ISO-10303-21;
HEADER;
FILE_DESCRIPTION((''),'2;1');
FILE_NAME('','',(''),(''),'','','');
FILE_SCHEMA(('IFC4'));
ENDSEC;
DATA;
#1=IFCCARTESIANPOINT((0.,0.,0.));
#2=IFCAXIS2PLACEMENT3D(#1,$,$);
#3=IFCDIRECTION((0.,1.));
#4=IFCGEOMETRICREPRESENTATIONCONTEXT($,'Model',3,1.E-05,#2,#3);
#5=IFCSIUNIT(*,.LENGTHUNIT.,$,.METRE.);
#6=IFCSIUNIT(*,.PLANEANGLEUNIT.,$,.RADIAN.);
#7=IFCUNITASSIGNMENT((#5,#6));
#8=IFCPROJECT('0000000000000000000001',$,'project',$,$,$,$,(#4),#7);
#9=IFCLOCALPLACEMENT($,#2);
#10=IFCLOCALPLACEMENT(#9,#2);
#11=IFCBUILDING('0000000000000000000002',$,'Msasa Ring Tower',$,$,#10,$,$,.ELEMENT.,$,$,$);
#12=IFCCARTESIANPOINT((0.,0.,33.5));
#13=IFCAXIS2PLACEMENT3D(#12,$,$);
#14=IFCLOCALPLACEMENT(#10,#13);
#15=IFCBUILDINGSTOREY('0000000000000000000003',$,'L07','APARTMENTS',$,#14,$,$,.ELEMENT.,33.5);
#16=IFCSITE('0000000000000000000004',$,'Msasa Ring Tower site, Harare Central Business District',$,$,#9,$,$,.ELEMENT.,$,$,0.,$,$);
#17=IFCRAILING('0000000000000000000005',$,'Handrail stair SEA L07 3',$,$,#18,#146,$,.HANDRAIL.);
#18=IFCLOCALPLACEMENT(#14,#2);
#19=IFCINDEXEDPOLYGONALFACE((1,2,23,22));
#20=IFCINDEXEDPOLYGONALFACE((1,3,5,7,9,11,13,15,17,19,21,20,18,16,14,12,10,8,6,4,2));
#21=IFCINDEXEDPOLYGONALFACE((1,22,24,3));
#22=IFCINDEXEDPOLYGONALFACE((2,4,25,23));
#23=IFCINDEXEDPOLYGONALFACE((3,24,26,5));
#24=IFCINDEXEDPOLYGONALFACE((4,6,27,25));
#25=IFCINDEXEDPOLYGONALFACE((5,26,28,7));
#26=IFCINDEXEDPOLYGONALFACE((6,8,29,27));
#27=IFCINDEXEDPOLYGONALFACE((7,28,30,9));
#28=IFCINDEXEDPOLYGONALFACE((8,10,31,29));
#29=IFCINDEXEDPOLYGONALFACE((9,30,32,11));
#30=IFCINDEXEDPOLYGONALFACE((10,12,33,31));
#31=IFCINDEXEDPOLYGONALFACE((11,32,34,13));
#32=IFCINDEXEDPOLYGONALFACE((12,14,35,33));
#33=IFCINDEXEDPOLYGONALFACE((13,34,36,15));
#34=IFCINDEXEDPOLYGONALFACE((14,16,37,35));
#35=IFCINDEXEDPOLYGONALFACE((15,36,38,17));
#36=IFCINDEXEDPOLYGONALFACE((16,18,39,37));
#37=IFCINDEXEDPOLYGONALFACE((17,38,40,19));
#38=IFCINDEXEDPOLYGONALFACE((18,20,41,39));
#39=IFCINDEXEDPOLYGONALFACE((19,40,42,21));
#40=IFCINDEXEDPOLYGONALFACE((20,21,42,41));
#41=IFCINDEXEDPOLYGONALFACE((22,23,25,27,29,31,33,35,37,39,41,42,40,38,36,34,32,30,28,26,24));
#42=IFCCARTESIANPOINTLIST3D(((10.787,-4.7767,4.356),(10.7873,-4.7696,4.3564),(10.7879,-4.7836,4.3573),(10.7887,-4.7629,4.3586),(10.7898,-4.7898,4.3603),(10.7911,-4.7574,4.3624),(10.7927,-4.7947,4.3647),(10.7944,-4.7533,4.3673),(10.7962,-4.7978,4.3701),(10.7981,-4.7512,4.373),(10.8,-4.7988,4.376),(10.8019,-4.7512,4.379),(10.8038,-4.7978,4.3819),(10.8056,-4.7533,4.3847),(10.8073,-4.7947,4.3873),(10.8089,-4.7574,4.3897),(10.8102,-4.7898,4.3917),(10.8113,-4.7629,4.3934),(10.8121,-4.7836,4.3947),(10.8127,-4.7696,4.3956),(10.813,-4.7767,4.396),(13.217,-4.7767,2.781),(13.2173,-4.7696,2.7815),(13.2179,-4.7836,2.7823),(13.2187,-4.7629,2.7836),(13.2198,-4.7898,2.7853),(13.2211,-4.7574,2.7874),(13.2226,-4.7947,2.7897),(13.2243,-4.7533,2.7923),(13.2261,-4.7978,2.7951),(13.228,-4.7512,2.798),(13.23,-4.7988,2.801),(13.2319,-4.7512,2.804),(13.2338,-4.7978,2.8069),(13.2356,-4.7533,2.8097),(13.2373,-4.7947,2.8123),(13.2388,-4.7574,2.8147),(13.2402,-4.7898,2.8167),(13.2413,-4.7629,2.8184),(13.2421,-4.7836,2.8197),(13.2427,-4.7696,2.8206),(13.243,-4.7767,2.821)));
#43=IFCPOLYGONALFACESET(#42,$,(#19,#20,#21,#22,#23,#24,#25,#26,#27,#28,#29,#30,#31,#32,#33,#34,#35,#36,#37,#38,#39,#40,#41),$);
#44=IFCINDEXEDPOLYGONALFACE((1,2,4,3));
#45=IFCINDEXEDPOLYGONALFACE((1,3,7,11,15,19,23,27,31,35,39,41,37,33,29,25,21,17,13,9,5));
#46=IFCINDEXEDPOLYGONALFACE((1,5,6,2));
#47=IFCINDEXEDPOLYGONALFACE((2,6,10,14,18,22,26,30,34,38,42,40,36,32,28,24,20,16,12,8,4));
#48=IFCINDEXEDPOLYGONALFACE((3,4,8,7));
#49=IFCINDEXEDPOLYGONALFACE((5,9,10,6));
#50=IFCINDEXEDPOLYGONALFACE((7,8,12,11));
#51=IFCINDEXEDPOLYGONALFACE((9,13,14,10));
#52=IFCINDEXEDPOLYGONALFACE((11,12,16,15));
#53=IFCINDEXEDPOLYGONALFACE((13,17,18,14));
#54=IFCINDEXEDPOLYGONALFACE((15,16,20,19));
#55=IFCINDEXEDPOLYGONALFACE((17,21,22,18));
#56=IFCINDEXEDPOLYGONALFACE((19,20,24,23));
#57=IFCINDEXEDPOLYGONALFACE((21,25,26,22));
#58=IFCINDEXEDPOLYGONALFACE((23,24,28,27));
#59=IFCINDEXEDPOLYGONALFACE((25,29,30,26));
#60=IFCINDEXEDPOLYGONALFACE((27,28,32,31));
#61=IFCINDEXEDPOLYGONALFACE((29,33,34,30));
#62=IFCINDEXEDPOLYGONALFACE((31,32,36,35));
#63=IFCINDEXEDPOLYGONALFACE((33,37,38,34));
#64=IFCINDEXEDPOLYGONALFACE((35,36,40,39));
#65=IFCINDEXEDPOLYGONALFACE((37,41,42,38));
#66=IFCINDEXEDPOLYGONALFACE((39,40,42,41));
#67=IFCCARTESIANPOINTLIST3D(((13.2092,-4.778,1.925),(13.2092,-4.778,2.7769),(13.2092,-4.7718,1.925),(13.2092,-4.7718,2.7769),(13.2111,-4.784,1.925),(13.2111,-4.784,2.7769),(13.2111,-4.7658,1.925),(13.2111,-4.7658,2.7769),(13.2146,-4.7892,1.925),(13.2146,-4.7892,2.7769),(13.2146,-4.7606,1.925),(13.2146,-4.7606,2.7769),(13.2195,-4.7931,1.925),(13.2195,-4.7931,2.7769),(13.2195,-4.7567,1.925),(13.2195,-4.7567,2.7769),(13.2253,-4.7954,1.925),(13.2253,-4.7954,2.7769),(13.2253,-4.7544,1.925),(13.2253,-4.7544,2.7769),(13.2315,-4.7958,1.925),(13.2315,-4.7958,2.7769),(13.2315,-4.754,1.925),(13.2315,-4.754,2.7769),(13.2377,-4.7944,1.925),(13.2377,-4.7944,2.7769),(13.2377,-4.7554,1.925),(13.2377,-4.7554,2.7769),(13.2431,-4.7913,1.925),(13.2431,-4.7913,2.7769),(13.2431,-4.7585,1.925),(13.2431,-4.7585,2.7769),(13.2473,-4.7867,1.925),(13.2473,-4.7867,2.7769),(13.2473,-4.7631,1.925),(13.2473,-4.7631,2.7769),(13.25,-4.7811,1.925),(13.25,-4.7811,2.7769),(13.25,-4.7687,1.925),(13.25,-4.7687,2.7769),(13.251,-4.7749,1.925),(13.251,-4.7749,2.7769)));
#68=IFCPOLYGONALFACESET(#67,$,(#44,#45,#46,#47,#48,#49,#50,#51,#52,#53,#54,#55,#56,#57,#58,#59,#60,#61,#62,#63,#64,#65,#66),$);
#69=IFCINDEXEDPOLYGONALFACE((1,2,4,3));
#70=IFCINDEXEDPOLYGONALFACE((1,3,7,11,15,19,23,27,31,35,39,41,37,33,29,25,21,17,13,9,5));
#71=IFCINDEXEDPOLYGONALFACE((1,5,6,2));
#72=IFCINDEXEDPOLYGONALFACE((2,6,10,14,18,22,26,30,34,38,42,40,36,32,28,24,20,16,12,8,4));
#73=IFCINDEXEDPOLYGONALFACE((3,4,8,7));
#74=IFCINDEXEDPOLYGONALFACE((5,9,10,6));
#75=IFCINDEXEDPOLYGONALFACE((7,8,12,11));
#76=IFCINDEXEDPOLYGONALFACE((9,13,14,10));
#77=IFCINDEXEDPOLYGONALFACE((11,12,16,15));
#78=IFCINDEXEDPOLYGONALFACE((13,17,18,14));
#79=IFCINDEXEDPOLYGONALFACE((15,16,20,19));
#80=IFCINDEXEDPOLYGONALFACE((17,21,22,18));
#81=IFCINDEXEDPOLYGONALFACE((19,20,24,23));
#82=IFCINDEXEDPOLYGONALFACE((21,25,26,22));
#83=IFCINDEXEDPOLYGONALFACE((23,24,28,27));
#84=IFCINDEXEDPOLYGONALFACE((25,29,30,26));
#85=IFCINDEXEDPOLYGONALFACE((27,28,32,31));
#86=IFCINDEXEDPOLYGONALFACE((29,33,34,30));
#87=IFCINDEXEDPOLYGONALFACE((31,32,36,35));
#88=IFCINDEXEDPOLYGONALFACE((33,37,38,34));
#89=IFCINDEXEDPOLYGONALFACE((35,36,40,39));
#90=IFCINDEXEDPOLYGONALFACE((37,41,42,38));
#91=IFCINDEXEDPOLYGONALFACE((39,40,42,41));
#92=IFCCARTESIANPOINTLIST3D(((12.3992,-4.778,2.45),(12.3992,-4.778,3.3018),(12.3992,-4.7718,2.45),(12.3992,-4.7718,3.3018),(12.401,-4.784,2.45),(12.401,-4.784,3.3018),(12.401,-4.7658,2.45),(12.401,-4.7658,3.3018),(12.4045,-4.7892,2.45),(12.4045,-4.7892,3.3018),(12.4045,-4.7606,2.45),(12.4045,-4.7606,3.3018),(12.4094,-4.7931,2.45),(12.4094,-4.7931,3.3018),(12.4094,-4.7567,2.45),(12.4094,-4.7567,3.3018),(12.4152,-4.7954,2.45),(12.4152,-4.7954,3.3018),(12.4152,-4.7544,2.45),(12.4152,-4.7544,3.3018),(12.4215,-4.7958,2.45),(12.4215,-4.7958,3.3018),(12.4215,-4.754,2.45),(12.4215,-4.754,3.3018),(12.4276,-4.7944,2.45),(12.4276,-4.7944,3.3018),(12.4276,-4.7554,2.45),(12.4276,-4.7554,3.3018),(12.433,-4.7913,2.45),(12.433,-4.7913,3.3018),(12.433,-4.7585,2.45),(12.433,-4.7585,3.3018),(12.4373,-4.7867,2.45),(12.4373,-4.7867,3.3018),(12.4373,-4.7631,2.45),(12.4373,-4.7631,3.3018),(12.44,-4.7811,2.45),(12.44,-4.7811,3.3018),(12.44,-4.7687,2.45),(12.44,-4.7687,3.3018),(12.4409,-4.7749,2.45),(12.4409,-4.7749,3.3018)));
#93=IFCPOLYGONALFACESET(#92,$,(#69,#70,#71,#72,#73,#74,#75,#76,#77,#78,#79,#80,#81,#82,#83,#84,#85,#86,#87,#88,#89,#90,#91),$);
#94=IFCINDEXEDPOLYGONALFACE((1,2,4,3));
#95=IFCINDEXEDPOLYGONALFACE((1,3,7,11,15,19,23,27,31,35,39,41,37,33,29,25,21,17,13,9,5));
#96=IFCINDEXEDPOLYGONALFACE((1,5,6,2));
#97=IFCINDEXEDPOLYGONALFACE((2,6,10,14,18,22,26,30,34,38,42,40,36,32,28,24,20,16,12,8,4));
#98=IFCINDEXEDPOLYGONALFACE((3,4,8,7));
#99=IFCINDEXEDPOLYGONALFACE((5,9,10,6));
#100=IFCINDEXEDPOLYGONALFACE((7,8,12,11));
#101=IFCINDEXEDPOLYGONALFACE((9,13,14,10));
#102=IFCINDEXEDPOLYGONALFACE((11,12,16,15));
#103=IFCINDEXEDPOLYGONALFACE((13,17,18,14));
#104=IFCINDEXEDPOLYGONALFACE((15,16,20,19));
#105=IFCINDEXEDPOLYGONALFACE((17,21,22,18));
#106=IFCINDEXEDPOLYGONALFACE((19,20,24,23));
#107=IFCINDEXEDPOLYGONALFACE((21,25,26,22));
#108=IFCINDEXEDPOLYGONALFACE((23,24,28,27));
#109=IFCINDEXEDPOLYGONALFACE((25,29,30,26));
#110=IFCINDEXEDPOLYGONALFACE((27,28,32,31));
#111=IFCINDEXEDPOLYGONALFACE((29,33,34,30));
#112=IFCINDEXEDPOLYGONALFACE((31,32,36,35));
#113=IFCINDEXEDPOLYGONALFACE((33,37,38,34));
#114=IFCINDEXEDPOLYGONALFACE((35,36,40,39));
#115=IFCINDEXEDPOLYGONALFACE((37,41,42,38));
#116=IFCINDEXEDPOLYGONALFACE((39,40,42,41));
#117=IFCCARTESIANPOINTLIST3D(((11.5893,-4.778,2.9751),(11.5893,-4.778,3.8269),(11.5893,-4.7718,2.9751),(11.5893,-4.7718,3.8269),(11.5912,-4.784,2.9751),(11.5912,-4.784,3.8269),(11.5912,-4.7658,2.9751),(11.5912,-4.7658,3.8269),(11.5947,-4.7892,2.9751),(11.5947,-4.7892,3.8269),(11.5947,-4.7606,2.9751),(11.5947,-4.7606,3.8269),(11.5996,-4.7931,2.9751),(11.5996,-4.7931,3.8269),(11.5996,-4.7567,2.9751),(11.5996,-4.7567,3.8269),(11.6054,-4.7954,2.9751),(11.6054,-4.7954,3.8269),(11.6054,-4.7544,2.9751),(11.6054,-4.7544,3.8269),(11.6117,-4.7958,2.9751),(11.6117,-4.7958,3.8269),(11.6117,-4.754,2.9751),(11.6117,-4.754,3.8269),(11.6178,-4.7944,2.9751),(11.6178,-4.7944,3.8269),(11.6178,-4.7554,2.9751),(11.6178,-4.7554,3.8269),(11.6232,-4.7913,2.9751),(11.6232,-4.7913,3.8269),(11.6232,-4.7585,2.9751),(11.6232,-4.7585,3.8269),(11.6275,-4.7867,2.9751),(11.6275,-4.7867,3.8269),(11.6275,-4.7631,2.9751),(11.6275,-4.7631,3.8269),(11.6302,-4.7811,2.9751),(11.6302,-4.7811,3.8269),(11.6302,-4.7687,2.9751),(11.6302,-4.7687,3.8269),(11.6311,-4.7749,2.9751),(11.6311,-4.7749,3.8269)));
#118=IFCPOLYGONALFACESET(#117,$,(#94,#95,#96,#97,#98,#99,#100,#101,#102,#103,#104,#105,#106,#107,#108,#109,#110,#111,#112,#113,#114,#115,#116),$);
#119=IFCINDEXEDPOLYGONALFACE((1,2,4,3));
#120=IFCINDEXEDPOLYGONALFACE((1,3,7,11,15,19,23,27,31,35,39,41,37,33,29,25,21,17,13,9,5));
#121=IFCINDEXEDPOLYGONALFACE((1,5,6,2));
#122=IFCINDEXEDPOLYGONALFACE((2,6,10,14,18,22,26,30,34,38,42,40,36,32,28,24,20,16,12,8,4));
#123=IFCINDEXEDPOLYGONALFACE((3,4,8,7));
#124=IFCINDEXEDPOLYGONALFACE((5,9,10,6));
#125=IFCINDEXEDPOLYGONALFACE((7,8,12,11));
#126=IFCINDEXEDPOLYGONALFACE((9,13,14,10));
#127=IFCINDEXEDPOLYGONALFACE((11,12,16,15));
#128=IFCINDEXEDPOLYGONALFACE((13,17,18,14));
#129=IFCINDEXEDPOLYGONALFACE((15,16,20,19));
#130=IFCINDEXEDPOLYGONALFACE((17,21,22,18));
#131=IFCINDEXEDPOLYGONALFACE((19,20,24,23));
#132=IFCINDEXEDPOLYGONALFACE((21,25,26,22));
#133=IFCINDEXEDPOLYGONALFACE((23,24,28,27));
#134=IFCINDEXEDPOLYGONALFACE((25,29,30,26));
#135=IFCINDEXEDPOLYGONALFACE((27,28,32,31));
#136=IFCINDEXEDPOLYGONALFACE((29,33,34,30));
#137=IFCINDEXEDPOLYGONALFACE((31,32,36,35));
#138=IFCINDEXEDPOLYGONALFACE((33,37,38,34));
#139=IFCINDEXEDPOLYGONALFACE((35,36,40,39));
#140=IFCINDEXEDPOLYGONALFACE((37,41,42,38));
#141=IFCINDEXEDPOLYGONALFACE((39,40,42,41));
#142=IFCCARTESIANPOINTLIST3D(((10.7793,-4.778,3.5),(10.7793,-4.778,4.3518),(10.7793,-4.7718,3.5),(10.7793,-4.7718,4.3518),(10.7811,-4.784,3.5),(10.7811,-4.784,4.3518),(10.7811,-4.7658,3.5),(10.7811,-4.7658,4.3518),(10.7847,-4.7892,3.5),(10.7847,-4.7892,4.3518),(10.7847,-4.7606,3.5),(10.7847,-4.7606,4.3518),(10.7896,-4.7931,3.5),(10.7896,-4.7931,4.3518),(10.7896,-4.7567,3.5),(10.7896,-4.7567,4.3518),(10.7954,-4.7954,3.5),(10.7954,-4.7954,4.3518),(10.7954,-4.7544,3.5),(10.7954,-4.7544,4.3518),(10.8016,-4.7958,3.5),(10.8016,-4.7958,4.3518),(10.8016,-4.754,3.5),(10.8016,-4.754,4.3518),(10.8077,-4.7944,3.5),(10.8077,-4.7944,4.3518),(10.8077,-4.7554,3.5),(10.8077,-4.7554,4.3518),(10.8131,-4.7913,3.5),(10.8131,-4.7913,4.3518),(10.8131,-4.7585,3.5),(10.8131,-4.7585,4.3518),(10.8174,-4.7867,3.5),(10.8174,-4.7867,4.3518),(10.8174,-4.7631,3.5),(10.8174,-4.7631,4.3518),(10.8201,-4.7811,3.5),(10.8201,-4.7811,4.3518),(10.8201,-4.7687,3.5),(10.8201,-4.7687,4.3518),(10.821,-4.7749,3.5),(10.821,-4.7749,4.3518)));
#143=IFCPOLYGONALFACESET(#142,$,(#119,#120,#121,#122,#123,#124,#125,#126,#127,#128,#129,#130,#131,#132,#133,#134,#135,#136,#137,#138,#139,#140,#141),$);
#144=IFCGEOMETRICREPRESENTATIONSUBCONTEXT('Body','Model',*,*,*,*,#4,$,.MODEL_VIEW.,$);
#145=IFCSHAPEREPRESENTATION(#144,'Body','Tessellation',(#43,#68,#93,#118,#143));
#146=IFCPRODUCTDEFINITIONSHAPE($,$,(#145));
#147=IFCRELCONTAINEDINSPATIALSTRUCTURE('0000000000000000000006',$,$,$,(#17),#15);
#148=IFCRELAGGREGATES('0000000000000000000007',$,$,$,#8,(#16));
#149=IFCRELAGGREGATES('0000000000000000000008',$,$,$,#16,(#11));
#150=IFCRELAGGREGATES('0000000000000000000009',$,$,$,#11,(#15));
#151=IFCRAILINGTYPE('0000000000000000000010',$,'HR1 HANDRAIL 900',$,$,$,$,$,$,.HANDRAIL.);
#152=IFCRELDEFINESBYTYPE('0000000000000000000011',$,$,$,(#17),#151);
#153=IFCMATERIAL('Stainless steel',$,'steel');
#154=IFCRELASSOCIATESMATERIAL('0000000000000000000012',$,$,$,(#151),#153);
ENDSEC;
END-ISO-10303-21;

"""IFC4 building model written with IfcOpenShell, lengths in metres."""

from ifc_helpers import new_model, si_unit, direction, frame, origin, origin_2d, place, context, subcontext, project, spatial, circle, extrude, material, type_object, element, save


model = new_model("IFC4")

# Units and contexts
model_context = context("Model", 3, precision=1e-05, world=origin(), true_north=direction((0.0, 1.0)))
body_context = subcontext(model_context, "Body", "Model", "MODEL_VIEW")
ifc_project = project(units=[si_unit("LENGTHUNIT", "METRE"), si_unit("PLANEANGLEUNIT", "RADIAN")], contexts=[model_context])

# Site, building, storey
site_placement = place(None, origin())
site = spatial("IfcSite", under=ifc_project, at=site_placement, Name="Msasa Ring Tower site, Harare Central Business District", CompositionType="ELEMENT", RefElevation=0.0)
building_placement = place(site_placement, origin())
building = spatial("IfcBuilding", under=site, at=building_placement, Name="Msasa Ring Tower", CompositionType="ELEMENT")
storey_placement = place(building_placement, frame((0.0, 0.0, 33.5)))
storey = spatial("IfcBuildingStorey", under=building, at=storey_placement, Name="L07", Description="APARTMENTS", CompositionType="ELEMENT", Elevation=33.5)

# Railing
ifc_material_1 = material(Name="Stainless steel", Category="steel")
railing_type = type_object("IfcRailingType", Name="HR1 HANDRAIL 900", PredefinedType="HANDRAIL", material=ifc_material_1)
for number, where, name in (
    (1, (13.23, -4.7749, 1.925), "Handrail stair SEA L07 3"),
):
    element("IfcRailing", number, at=place(storey_placement, frame(where)), inside=storey, type_object=railing_type, Name=name, PredefinedType="HANDRAIL", context=body_context, shape_type="SweptSolid", body=[
        extrude(circle(Radius=0.0239, at=origin_2d()), frame((0.0, 0.0, 0.876), z_axis=(-0.839154, 0.0, 0.543894), x_axis=(0.0, -1.0, 0.0)), (0.0, 0.0, 1.0), 2.8958),
        extrude(circle(Radius=0.021, at=origin_2d()), origin(), (0.0, 0.0, 1.0), 0.8518),
        extrude(circle(Radius=0.021, at=origin_2d()), frame((-0.8101, 0.0, 0.5249)), (0.0, 0.0, 1.0), 0.8518),
        extrude(circle(Radius=0.021, at=origin_2d()), frame((-1.6199, 0.0, 1.05)), (0.0, 0.0, 1.0), 0.8518),
        extrude(circle(Radius=0.021, at=origin_2d()), frame((-2.4299, 0.0, 1.575)), (0.0, 0.0, 1.0), 0.8518),
    ])

save(model, "model.ifc")
